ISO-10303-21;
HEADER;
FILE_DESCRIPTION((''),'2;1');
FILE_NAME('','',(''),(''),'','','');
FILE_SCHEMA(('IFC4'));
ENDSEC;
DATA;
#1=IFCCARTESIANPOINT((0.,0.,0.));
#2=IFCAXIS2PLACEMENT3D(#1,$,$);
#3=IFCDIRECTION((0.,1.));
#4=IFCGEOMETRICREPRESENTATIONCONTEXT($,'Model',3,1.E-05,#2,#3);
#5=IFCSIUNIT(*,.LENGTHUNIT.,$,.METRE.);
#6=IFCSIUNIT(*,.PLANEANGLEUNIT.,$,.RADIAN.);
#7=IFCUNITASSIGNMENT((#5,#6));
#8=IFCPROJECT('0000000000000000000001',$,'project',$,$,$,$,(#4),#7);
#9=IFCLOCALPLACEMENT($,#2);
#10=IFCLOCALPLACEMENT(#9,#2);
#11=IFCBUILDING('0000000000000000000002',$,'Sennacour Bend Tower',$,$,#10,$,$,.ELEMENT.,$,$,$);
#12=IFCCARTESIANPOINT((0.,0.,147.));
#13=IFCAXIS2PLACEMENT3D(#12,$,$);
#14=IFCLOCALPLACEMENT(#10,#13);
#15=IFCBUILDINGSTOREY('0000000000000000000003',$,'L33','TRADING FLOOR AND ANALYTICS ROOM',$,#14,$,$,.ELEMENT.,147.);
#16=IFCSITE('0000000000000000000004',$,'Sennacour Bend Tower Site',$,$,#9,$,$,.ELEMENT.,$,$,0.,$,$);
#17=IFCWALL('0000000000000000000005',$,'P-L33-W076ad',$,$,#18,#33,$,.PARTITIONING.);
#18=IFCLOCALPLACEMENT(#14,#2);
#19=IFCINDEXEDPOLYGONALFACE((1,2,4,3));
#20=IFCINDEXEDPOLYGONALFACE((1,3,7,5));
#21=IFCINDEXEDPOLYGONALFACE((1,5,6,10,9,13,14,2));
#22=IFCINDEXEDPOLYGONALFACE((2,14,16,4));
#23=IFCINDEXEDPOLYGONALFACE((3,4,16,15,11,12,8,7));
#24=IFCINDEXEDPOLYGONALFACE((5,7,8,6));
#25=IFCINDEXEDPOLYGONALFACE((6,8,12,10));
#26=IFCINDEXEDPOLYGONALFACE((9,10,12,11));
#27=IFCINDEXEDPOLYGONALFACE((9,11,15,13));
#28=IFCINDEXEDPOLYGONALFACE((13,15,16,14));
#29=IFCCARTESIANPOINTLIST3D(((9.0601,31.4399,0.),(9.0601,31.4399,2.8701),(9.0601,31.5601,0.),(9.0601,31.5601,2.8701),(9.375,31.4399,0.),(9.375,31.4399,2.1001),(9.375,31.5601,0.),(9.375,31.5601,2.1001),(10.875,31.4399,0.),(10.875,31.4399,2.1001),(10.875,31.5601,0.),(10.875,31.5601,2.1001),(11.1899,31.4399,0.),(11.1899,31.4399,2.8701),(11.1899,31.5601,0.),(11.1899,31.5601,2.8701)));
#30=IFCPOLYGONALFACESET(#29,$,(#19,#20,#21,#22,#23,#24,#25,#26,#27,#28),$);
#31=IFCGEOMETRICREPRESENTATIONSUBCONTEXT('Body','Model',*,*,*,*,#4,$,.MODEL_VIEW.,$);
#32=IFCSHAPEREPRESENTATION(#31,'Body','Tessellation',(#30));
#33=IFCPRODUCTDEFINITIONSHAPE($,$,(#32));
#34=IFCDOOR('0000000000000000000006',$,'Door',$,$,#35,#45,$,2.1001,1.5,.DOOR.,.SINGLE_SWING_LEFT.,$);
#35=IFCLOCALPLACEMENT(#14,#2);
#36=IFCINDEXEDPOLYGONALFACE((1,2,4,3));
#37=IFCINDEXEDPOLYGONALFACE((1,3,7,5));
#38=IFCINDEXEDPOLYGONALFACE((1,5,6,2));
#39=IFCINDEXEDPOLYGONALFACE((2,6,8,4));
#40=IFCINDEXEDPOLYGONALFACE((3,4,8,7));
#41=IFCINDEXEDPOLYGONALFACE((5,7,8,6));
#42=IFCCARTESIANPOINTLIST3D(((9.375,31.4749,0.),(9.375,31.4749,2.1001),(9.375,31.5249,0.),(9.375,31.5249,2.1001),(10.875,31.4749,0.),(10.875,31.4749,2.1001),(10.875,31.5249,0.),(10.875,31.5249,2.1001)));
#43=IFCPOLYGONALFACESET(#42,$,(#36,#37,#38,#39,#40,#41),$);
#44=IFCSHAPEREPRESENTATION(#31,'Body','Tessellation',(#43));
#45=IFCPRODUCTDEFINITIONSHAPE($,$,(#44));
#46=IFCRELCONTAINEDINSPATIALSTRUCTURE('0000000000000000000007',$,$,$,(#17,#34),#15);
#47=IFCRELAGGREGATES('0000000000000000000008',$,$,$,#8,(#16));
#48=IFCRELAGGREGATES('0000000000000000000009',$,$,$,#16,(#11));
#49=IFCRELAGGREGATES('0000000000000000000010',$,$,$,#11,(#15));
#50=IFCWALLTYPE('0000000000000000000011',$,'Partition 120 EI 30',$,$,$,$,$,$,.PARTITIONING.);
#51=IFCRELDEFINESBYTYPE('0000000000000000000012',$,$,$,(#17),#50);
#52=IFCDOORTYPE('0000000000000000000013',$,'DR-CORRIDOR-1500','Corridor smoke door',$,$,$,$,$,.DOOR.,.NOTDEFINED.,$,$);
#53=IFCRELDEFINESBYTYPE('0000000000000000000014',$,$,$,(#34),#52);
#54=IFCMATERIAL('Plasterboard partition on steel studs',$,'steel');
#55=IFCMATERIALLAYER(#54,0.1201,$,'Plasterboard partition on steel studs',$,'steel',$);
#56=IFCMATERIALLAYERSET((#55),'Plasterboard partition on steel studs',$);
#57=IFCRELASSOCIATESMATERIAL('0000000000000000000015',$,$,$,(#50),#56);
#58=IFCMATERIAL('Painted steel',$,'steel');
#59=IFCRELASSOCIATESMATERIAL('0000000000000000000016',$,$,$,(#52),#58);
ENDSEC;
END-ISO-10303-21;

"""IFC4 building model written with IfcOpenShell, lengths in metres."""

from ifc_helpers import new_model, si_unit, direction, frame, frame_2d, origin, place, context, subcontext, project, spatial, rectangle, extrude, material, layer, layer_set, type_object, element, fill, save


model = new_model("IFC4")

# Units and contexts
model_context = context("Model", 3, precision=1e-05, world=origin(), true_north=direction((0.0, 1.0)))
body_context = subcontext(model_context, "Body", "Model", "MODEL_VIEW")
ifc_project = project(units=[si_unit("LENGTHUNIT", "METRE"), si_unit("PLANEANGLEUNIT", "RADIAN")], contexts=[model_context])

# Site, building, storey
site_placement = place(None, origin())
site = spatial("IfcSite", under=ifc_project, at=site_placement, Name="Sennacour Bend Tower Site", CompositionType="ELEMENT", RefElevation=0.0)
building_placement = place(site_placement, origin())
building = spatial("IfcBuilding", under=site, at=building_placement, Name="Sennacour Bend Tower", CompositionType="ELEMENT")
storey_placement = place(building_placement, frame((0.0, 0.0, 147.0)))
storey = spatial("IfcBuildingStorey", under=building, at=storey_placement, Name="L33", Description="TRADING FLOOR AND ANALYTICS ROOM", CompositionType="ELEMENT", Elevation=147.0)

# Shared definitions
ifc_material_1 = material(Name="Plasterboard partition on steel studs", Category="steel")

# Wall, opening, door
ifc_layer_1 = layer(ifc_material_1, 0.1201, Name="Plasterboard partition on steel studs", Category="steel")
ifc_layer_set_1 = layer_set([ifc_layer_1], Name="Plasterboard partition on steel studs")
wall_type_1 = type_object("IfcWallType", Name="Partition 120 EI 30", PredefinedType="PARTITIONING", material=ifc_layer_set_1)
wall_1_placement = place(storey_placement, frame((9.0601, 31.5, 0.0), z_axis=(0.0, 0.0, 1.0), x_axis=(1.0, 0.0, 0.0)))
wall_1 = element("IfcWall", 1, at=wall_1_placement, inside=storey, type_object=wall_type_1, Name="P-L33-W076ad", PredefinedType="PARTITIONING", context=body_context, shape_type="SweptSolid", body=[
    extrude(rectangle(XDim=2.1299, YDim=0.1201, at=frame_2d((1.0649, 0.0))), origin(), (0.0, 0.0, 1.0), 2.8701),
])
opening_1_placement = place(wall_1_placement, frame((0.3149, 0.0, 0.0)))
opening_1 = element("IfcOpeningElement", 2, at=opening_1_placement, cuts=wall_1, PredefinedType="OPENING", context=body_context, shape_type="SweptSolid", body=[
    extrude(rectangle(XDim=1.5, YDim=2.1001, at=frame_2d((0.75, 1.05))), frame((0.0, 0.0701, 0.0), z_axis=(0.0, -1.0, 0.0), x_axis=(1.0, 0.0, 0.0)), (0.0, 0.0, 1.0), 0.1401),
])
ifc_material_2 = material(Name="Painted steel", Category="steel")
door_type_1 = type_object("IfcDoorType", Name="DR-CORRIDOR-1500", Description="Corridor smoke door", OperationType="NOTDEFINED", PredefinedType="DOOR", material=ifc_material_2)
door_1_placement = place(opening_1_placement, origin())
door_1 = element("IfcDoor", 3, at=door_1_placement, inside=storey, type_object=door_type_1, Name="Door", OperationType="SINGLE_SWING_LEFT", OverallHeight=2.1001, OverallWidth=1.5, PredefinedType="DOOR", context=body_context, shape_type="SweptSolid", body=[
    extrude(rectangle(XDim=1.5, YDim=2.1001, at=frame_2d((0.75, 1.05))), frame((0.0, 0.0249, 0.0), z_axis=(0.0, -1.0, 0.0), x_axis=(1.0, 0.0, 0.0)), (0.0, 0.0, 1.0), 0.05),
])
fill(opening_1, door_1)

save(model, "model.ifc")
